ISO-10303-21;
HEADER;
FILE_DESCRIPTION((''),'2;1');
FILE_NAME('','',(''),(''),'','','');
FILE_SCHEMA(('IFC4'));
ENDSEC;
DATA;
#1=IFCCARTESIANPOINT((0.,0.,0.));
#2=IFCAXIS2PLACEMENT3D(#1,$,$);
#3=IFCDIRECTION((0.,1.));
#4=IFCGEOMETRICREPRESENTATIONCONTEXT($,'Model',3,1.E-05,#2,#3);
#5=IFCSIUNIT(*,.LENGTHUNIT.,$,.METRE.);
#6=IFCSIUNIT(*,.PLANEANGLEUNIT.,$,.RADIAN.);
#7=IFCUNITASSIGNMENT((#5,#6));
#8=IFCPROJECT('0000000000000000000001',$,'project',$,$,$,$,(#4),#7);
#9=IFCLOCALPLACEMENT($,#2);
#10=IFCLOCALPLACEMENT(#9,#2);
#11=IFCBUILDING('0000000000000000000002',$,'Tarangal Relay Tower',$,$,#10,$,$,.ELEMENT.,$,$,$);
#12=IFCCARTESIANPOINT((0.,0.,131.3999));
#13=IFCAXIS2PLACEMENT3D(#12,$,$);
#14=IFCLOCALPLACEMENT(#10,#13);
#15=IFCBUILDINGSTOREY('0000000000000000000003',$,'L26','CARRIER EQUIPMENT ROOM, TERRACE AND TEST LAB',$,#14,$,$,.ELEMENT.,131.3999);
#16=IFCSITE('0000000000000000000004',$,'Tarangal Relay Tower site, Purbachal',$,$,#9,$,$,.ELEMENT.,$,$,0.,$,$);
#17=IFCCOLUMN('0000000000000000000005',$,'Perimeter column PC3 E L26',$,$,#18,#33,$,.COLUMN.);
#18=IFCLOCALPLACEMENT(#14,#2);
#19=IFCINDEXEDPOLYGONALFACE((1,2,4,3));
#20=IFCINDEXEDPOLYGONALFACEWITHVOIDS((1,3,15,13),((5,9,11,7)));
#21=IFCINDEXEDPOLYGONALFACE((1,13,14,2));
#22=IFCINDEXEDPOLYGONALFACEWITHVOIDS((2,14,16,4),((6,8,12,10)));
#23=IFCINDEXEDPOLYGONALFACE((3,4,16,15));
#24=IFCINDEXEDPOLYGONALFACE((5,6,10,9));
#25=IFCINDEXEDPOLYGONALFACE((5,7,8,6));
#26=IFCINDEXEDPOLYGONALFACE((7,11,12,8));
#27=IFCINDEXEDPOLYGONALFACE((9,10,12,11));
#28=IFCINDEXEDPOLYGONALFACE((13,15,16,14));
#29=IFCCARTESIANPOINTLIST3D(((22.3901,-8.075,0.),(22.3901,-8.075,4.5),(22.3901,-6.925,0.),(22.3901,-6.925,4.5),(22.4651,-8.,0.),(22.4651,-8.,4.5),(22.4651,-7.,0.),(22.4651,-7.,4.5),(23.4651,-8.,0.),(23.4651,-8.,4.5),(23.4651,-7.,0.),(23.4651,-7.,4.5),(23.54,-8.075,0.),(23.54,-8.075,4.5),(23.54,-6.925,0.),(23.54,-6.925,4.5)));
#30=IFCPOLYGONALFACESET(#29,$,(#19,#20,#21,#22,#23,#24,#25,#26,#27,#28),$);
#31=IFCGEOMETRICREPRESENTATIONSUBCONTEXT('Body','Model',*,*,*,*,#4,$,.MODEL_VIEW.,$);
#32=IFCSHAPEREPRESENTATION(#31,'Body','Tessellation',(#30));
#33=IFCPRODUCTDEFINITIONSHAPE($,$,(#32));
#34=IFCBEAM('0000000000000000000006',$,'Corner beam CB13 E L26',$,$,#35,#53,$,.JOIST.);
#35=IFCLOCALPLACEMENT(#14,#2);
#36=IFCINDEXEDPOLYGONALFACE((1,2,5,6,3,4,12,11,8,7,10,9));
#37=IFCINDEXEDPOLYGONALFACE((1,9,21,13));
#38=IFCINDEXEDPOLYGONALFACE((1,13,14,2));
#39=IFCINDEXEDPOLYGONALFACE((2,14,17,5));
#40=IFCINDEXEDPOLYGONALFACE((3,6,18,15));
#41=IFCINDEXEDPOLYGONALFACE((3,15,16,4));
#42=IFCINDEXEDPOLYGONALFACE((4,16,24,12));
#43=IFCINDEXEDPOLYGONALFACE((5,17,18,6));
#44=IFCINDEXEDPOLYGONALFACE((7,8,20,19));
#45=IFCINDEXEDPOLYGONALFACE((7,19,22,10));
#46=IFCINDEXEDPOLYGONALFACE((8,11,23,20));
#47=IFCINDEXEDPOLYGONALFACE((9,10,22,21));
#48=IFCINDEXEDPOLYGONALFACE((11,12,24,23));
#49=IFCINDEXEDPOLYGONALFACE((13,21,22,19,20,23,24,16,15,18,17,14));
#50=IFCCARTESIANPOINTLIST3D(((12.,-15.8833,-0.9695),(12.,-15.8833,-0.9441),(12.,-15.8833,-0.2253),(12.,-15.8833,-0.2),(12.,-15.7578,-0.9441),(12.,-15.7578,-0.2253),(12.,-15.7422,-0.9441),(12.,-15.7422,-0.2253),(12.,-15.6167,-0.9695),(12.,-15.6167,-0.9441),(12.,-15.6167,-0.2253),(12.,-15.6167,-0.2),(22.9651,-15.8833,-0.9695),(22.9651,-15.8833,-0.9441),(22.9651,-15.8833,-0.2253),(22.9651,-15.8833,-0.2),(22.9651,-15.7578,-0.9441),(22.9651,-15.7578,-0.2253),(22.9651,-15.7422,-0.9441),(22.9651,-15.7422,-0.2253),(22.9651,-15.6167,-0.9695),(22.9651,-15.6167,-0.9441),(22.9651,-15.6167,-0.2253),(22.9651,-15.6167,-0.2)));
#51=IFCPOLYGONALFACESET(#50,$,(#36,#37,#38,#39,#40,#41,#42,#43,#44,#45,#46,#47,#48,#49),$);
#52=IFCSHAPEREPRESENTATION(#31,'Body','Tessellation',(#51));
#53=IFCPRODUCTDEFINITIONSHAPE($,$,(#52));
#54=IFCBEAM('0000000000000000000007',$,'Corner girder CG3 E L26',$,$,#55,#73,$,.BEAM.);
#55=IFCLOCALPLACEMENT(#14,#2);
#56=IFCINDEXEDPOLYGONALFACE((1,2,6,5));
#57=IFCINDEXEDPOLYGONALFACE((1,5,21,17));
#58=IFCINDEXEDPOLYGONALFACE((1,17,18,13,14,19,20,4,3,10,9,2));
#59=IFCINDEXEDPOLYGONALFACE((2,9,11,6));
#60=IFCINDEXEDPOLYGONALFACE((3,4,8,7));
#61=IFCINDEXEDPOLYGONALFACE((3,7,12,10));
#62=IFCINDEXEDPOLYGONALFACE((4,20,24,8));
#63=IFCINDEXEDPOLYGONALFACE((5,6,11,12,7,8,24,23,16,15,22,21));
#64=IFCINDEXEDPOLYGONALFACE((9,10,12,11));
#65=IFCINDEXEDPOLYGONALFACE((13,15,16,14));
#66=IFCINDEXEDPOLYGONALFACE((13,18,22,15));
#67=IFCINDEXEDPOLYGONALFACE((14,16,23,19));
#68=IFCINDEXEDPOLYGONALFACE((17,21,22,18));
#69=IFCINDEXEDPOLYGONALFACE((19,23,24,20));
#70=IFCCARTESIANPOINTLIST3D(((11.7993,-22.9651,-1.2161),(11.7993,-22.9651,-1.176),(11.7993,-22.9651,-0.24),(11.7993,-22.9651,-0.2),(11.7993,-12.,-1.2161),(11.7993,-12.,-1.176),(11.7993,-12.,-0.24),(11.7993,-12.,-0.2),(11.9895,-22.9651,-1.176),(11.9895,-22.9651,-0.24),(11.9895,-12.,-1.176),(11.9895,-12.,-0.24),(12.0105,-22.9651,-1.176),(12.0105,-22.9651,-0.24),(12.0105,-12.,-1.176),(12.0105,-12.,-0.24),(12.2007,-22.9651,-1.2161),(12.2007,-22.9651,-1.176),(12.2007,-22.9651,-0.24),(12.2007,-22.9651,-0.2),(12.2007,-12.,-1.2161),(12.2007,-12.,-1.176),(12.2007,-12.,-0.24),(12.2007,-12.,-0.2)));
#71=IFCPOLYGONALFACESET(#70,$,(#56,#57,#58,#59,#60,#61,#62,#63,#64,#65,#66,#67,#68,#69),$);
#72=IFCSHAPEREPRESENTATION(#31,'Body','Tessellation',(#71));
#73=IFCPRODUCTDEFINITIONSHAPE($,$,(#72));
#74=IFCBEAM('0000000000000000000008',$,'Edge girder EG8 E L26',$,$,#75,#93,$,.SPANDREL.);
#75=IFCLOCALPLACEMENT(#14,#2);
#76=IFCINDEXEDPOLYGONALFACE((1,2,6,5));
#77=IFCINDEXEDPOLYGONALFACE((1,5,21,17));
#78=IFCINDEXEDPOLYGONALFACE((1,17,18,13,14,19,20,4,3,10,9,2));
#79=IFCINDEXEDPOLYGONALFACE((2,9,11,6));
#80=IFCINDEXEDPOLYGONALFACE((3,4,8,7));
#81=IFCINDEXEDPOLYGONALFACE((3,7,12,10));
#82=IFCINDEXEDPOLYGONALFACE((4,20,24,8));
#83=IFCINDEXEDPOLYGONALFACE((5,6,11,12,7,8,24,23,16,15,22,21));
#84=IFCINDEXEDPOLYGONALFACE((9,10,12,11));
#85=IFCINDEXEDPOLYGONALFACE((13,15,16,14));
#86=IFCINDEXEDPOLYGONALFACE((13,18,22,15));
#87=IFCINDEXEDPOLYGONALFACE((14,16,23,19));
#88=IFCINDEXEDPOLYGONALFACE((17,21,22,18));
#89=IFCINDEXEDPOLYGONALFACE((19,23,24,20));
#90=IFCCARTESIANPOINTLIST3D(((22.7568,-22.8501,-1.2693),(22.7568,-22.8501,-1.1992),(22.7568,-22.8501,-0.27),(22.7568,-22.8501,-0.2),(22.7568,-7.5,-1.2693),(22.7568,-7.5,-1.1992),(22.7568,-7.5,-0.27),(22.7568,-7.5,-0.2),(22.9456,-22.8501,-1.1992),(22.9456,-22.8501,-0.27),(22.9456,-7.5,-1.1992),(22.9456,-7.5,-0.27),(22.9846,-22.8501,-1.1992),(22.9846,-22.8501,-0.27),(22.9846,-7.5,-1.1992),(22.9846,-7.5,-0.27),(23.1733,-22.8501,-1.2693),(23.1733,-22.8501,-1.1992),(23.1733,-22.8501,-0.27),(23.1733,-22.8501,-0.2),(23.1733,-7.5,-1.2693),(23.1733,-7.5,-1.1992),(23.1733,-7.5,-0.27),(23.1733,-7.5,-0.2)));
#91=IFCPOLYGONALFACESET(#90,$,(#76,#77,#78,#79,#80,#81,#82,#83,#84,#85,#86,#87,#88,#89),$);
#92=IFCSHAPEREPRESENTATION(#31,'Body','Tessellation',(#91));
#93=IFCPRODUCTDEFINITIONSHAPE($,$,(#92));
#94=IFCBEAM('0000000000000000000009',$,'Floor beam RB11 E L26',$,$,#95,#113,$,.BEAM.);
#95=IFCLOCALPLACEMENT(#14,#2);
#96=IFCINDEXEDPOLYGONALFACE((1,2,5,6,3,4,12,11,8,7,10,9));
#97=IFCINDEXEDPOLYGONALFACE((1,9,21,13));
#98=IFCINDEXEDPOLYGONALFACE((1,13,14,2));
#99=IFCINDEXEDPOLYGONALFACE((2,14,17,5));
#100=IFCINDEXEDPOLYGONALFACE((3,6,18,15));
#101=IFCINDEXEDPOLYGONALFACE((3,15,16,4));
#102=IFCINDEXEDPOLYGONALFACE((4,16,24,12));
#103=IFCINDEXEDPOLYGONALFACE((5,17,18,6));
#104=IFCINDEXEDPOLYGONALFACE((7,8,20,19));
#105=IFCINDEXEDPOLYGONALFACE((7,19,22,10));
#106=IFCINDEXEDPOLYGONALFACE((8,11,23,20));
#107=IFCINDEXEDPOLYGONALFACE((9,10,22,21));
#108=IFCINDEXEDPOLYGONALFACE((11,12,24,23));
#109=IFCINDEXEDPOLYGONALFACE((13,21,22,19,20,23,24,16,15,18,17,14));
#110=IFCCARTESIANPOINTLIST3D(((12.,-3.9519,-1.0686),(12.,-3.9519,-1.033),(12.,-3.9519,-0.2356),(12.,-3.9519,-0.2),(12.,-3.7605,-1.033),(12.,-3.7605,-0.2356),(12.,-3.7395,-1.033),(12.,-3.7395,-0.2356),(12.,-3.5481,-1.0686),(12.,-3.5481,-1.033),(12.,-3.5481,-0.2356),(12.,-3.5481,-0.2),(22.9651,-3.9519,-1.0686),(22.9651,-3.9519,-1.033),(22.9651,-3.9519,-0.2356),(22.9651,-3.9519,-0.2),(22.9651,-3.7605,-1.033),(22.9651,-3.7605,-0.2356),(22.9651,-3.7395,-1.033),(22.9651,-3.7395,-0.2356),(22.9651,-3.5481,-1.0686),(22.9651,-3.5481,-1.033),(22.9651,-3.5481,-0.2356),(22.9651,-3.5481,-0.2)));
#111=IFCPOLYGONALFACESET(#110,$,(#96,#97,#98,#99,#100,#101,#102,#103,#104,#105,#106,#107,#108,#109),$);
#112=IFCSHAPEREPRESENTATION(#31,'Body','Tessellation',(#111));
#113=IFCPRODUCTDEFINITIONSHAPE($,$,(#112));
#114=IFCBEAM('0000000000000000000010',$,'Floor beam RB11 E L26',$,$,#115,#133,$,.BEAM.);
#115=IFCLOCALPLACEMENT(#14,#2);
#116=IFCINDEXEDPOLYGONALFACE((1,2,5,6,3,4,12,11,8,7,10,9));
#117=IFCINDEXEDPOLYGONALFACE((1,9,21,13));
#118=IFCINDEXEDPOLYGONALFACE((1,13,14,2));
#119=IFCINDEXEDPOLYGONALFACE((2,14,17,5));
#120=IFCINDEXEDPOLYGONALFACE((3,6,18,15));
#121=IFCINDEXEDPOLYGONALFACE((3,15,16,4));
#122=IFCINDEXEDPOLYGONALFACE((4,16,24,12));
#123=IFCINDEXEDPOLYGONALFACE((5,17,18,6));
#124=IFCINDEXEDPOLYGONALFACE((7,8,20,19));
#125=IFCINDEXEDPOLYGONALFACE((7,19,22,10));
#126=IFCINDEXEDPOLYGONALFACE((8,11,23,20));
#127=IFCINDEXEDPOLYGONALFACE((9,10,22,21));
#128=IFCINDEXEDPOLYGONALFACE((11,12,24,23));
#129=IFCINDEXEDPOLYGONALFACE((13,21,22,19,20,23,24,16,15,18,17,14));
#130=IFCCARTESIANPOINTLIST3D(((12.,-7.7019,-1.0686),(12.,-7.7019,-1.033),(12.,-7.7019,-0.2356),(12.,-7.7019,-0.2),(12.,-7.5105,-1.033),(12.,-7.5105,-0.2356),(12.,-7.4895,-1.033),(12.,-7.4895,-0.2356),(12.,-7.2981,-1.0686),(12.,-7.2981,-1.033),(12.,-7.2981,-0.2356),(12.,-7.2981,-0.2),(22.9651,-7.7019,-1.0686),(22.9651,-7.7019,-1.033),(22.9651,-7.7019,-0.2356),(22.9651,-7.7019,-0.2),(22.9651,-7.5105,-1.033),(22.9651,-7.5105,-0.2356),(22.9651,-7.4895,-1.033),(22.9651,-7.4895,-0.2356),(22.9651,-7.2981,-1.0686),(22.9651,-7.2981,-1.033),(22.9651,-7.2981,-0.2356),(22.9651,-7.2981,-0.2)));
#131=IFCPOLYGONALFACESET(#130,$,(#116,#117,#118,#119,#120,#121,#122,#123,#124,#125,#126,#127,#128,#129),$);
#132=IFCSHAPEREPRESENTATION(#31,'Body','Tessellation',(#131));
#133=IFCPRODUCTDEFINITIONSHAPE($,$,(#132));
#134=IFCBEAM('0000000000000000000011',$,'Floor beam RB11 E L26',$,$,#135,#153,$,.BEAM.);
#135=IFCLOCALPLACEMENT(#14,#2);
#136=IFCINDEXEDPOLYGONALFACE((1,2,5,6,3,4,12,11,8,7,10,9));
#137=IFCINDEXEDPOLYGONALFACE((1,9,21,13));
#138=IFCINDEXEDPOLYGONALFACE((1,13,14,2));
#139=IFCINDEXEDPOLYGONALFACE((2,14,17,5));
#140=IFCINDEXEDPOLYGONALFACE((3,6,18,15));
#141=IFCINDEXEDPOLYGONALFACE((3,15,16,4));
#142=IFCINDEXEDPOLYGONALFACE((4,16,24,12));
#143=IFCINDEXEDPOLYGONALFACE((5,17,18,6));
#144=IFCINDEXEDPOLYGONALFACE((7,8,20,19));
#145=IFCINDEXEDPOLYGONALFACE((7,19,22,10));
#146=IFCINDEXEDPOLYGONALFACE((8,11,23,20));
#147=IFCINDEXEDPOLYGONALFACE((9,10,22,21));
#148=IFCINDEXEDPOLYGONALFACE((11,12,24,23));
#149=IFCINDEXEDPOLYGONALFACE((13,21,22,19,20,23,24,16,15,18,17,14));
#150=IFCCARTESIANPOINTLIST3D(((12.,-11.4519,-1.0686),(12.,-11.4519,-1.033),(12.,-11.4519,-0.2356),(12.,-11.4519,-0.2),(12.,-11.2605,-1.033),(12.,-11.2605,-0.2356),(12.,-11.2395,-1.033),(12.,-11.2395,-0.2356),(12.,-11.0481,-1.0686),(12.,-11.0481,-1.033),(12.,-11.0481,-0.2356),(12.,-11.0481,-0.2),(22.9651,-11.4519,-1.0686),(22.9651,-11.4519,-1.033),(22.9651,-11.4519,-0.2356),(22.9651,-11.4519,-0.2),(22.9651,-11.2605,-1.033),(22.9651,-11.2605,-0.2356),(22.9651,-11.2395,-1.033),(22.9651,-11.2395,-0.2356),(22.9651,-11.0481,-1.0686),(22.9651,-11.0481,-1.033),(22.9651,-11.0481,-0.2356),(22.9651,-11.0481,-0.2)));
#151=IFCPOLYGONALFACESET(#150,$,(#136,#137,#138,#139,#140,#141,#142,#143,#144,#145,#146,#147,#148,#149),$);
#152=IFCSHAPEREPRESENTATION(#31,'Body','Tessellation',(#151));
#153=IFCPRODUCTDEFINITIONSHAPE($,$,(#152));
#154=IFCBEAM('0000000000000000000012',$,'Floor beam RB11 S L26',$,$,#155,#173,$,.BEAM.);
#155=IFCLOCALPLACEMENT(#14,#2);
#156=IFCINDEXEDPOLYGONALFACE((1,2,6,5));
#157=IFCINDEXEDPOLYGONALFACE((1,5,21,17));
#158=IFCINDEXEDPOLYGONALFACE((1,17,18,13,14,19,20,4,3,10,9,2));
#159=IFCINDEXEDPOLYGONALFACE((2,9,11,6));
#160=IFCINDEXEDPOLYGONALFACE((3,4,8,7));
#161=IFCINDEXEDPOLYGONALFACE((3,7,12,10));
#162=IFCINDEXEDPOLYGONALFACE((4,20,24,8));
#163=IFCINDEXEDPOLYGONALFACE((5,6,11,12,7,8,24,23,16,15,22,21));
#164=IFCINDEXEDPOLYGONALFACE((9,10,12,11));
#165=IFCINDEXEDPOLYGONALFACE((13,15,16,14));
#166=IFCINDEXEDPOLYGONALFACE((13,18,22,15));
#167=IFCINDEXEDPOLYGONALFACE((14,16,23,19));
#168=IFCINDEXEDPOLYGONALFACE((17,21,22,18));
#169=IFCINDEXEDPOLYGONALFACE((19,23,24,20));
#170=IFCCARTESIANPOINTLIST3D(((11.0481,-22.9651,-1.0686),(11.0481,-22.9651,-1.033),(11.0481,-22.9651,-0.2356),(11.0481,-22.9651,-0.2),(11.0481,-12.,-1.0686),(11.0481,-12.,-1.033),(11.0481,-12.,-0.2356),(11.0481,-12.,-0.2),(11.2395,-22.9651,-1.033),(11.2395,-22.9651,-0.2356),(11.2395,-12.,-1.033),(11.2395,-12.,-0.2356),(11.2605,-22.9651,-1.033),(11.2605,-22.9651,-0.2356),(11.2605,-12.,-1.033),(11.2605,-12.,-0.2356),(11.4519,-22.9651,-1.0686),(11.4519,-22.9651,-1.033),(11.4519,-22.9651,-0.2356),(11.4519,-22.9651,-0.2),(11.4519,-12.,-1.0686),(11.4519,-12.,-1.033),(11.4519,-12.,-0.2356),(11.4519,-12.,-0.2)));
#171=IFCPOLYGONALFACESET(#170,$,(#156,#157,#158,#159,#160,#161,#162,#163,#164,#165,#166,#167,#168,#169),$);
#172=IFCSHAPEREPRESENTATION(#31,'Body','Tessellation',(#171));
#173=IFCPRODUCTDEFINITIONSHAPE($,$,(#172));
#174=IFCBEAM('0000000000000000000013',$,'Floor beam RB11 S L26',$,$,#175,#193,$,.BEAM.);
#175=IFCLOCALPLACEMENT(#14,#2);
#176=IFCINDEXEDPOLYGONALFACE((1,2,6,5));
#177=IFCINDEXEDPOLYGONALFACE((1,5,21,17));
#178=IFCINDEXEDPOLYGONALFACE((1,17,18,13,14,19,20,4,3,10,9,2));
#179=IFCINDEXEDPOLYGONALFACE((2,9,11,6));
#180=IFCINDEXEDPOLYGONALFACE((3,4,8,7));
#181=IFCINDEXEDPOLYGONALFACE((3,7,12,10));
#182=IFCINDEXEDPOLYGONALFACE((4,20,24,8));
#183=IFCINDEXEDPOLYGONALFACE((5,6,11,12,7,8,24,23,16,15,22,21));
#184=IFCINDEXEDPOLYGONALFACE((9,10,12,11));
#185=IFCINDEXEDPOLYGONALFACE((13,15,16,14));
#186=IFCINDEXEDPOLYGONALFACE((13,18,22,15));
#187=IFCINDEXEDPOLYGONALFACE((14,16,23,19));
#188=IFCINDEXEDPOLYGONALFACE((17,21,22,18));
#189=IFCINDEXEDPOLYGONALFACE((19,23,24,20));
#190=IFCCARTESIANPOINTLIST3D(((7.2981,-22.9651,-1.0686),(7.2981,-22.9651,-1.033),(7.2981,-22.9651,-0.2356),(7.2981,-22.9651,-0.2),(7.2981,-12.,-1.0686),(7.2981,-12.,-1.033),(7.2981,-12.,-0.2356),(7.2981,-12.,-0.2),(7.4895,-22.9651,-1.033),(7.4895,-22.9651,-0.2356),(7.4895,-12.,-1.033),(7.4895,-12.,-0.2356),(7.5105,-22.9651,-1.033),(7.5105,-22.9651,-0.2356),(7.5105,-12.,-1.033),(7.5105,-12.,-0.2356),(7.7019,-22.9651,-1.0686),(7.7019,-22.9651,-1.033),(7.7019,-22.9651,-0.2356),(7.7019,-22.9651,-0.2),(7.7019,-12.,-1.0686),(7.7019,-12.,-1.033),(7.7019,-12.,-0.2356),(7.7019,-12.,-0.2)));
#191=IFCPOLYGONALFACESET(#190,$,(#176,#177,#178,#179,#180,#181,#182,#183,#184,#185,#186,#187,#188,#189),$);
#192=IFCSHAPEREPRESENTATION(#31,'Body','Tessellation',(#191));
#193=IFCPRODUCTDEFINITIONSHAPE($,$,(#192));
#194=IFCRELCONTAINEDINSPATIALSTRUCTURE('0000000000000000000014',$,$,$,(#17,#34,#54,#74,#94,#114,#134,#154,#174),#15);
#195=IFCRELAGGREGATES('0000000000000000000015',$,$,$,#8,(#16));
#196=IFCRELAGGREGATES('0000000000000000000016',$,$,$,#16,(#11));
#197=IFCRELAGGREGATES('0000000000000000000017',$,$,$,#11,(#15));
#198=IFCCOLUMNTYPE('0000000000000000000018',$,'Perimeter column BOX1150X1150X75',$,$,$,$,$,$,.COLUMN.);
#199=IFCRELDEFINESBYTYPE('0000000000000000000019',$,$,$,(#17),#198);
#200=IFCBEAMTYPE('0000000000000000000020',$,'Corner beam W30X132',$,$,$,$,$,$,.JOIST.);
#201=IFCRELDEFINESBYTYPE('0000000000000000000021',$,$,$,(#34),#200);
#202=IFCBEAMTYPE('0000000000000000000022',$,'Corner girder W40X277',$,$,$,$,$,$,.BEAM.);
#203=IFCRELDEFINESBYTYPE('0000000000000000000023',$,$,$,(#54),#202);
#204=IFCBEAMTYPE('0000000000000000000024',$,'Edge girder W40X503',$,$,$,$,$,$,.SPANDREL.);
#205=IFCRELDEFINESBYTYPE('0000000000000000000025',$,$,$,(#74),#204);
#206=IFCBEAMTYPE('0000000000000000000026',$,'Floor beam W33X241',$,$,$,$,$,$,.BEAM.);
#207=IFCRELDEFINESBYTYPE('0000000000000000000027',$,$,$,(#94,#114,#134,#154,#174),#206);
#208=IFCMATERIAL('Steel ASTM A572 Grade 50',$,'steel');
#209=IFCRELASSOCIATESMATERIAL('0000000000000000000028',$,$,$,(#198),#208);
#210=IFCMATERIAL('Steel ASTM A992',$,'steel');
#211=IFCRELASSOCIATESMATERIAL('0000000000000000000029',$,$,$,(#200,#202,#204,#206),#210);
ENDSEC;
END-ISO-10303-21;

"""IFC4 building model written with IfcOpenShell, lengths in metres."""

from ifc_helpers import new_model, si_unit, direction, frame, origin, origin_2d, place, context, subcontext, project, spatial, hollow_rectangle, i_section, extrude, material, material_profile, profile_set, type_object, element, save


model = new_model("IFC4")

# Units and contexts
model_context = context("Model", 3, precision=1e-05, world=origin(), true_north=direction((0.0, 1.0)))
body_context = subcontext(model_context, "Body", "Model", "MODEL_VIEW")
ifc_project = project(units=[si_unit("LENGTHUNIT", "METRE"), si_unit("PLANEANGLEUNIT", "RADIAN")], contexts=[model_context])

# Site, building, storey
site_placement = place(None, origin())
site = spatial("IfcSite", under=ifc_project, at=site_placement, Name="Tarangal Relay Tower site, Purbachal", CompositionType="ELEMENT", RefElevation=0.0)
building_placement = place(site_placement, origin())
building = spatial("IfcBuilding", under=site, at=building_placement, Name="Tarangal Relay Tower", CompositionType="ELEMENT")
storey_placement = place(building_placement, frame((0.0, 0.0, 131.3999)))
storey = spatial("IfcBuildingStorey", under=building, at=storey_placement, Name="L26", Description="CARRIER EQUIPMENT ROOM, TERRACE AND TEST LAB", CompositionType="ELEMENT", Elevation=131.3999)

# Column
ifc_material_1 = material(Name="Steel ASTM A572 Grade 50", Category="steel")
ifc_material_profile_1 = material_profile(ifc_material_1, hollow_rectangle(XDim=1.1499, YDim=1.1499, WallThickness=0.075, at=origin_2d()), Name="BOX1150X1150X75")
ifc_profile_set_1 = profile_set([ifc_material_profile_1], Name="Steel ASTM A572 Grade 50")
column_type = type_object("IfcColumnType", Name="Perimeter column BOX1150X1150X75", PredefinedType="COLUMN", material=ifc_profile_set_1)
column_placement = place(storey_placement, frame((22.9651, -7.5, 0.0), z_axis=(0.0, 0.0, 1.0), x_axis=(1.0, 0.0, 0.0)))
element("IfcColumn", 1, at=column_placement, inside=storey, type_object=column_type, Name="Perimeter column PC3 E L26", PredefinedType="COLUMN", context=body_context, shape_type="SweptSolid", body=[
    extrude(hollow_rectangle(XDim=1.1499, YDim=1.1499, WallThickness=0.075, at=origin_2d()), origin(), (0.0, 0.0, 1.0), 4.5),
])

# Beams
ifc_material_2 = material(Name="Steel ASTM A992", Category="steel")
ifc_material_profile_2 = material_profile(ifc_material_2, i_section(OverallWidth=0.2666, OverallDepth=0.7695, WebThickness=0.0156, FlangeThickness=0.0254, at=origin_2d()), Name="W30X132")
ifc_profile_set_2 = profile_set([ifc_material_profile_2], Name="Steel ASTM A992")
beam_type_1 = type_object("IfcBeamType", Name="Corner beam W30X132", PredefinedType="JOIST", material=ifc_profile_set_2)
beam_1_placement = place(storey_placement, frame((12.0, -15.75, -0.5847), z_axis=(1.0, 0.0, 0.0), x_axis=(0.0, 1.0, 0.0)))
element("IfcBeam", 2, at=beam_1_placement, inside=storey, type_object=beam_type_1, Name="Corner beam CB13 E L26", PredefinedType="JOIST", context=body_context, shape_type="SweptSolid", body=[
    extrude(i_section(OverallWidth=0.2666, OverallDepth=0.7695, WebThickness=0.0156, FlangeThickness=0.0254, at=origin_2d()), origin(), (0.0, 0.0, 1.0), 10.9651),
])
ifc_material_profile_3 = material_profile(ifc_material_2, i_section(OverallWidth=0.4014, OverallDepth=1.0161, WebThickness=0.021, FlangeThickness=0.04, at=origin_2d()), Name="W40X277")
ifc_profile_set_3 = profile_set([ifc_material_profile_3], Name="Steel ASTM A992")
beam_type_2 = type_object("IfcBeamType", Name="Corner girder W40X277", PredefinedType="BEAM", material=ifc_profile_set_3)
beam_2_placement = place(storey_placement, frame((12.0, -12.0, -0.708), z_axis=(0.0, -1.0, 0.0), x_axis=(1.0, 0.0, 0.0)))
element("IfcBeam", 3, at=beam_2_placement, inside=storey, type_object=beam_type_2, Name="Corner girder CG3 E L26", PredefinedType="BEAM", context=body_context, shape_type="SweptSolid", body=[
    extrude(i_section(OverallWidth=0.4014, OverallDepth=1.0161, WebThickness=0.021, FlangeThickness=0.04, at=origin_2d()), origin(), (0.0, 0.0, 1.0), 10.9651),
])
ifc_material_profile_4 = material_profile(ifc_material_2, i_section(OverallWidth=0.4165, OverallDepth=1.0693, WebThickness=0.0391, FlangeThickness=0.0701, at=origin_2d()), Name="W40X503")
ifc_profile_set_4 = profile_set([ifc_material_profile_4], Name="Steel ASTM A992")
beam_type_3 = type_object("IfcBeamType", Name="Edge girder W40X503", PredefinedType="SPANDREL", material=ifc_profile_set_4)
beam_3_placement = place(storey_placement, frame((22.9651, -7.5, -0.7346), z_axis=(0.0, -1.0, 0.0), x_axis=(1.0, 0.0, 0.0)))
element("IfcBeam", 4, at=beam_3_placement, inside=storey, type_object=beam_type_3, Name="Edge girder EG8 E L26", PredefinedType="SPANDREL", context=body_context, shape_type="SweptSolid", body=[
    extrude(i_section(OverallWidth=0.4165, OverallDepth=1.0693, WebThickness=0.0391, FlangeThickness=0.0701, at=origin_2d()), origin(), (0.0, 0.0, 1.0), 15.3501),
])
ifc_material_profile_5 = material_profile(ifc_material_2, i_section(OverallWidth=0.4038, OverallDepth=0.8687, WebThickness=0.021, FlangeThickness=0.0356, at=origin_2d()), Name="W33X241")
ifc_profile_set_5 = profile_set([ifc_material_profile_5], Name="Steel ASTM A992")
beam_type_4 = type_object("IfcBeamType", Name="Floor beam W33X241", PredefinedType="BEAM", material=ifc_profile_set_5)
for number, where, z_axis, x_axis, name in (
    (5, (12.0, -3.75, -0.6343), (1.0, 0.0, 0.0), (0.0, 1.0, 0.0), "Floor beam RB11 E L26"),
    (6, (12.0, -7.5, -0.6343), (1.0, 0.0, 0.0), (0.0, 1.0, 0.0), "Floor beam RB11 E L26"),
    (7, (12.0, -11.25, -0.6343), (1.0, 0.0, 0.0), (0.0, 1.0, 0.0), "Floor beam RB11 E L26"),
    (8, (11.25, -12.0, -0.6343), (0.0, -1.0, 0.0), (1.0, 0.0, 0.0), "Floor beam RB11 S L26"),
    (9, (7.5, -12.0, -0.6343), (0.0, -1.0, 0.0), (1.0, 0.0, 0.0), "Floor beam RB11 S L26"),
):
    element("IfcBeam", number, at=place(storey_placement, frame(where, z_axis=z_axis, x_axis=x_axis)), inside=storey, type_object=beam_type_4, Name=name, PredefinedType="BEAM", context=body_context, shape_type="SweptSolid", body=[
        extrude(i_section(OverallWidth=0.4038, OverallDepth=0.8687, WebThickness=0.021, FlangeThickness=0.0356, at=origin_2d()), origin(), (0.0, 0.0, 1.0), 10.9651),
    ])

save(model, "model.ifc")
